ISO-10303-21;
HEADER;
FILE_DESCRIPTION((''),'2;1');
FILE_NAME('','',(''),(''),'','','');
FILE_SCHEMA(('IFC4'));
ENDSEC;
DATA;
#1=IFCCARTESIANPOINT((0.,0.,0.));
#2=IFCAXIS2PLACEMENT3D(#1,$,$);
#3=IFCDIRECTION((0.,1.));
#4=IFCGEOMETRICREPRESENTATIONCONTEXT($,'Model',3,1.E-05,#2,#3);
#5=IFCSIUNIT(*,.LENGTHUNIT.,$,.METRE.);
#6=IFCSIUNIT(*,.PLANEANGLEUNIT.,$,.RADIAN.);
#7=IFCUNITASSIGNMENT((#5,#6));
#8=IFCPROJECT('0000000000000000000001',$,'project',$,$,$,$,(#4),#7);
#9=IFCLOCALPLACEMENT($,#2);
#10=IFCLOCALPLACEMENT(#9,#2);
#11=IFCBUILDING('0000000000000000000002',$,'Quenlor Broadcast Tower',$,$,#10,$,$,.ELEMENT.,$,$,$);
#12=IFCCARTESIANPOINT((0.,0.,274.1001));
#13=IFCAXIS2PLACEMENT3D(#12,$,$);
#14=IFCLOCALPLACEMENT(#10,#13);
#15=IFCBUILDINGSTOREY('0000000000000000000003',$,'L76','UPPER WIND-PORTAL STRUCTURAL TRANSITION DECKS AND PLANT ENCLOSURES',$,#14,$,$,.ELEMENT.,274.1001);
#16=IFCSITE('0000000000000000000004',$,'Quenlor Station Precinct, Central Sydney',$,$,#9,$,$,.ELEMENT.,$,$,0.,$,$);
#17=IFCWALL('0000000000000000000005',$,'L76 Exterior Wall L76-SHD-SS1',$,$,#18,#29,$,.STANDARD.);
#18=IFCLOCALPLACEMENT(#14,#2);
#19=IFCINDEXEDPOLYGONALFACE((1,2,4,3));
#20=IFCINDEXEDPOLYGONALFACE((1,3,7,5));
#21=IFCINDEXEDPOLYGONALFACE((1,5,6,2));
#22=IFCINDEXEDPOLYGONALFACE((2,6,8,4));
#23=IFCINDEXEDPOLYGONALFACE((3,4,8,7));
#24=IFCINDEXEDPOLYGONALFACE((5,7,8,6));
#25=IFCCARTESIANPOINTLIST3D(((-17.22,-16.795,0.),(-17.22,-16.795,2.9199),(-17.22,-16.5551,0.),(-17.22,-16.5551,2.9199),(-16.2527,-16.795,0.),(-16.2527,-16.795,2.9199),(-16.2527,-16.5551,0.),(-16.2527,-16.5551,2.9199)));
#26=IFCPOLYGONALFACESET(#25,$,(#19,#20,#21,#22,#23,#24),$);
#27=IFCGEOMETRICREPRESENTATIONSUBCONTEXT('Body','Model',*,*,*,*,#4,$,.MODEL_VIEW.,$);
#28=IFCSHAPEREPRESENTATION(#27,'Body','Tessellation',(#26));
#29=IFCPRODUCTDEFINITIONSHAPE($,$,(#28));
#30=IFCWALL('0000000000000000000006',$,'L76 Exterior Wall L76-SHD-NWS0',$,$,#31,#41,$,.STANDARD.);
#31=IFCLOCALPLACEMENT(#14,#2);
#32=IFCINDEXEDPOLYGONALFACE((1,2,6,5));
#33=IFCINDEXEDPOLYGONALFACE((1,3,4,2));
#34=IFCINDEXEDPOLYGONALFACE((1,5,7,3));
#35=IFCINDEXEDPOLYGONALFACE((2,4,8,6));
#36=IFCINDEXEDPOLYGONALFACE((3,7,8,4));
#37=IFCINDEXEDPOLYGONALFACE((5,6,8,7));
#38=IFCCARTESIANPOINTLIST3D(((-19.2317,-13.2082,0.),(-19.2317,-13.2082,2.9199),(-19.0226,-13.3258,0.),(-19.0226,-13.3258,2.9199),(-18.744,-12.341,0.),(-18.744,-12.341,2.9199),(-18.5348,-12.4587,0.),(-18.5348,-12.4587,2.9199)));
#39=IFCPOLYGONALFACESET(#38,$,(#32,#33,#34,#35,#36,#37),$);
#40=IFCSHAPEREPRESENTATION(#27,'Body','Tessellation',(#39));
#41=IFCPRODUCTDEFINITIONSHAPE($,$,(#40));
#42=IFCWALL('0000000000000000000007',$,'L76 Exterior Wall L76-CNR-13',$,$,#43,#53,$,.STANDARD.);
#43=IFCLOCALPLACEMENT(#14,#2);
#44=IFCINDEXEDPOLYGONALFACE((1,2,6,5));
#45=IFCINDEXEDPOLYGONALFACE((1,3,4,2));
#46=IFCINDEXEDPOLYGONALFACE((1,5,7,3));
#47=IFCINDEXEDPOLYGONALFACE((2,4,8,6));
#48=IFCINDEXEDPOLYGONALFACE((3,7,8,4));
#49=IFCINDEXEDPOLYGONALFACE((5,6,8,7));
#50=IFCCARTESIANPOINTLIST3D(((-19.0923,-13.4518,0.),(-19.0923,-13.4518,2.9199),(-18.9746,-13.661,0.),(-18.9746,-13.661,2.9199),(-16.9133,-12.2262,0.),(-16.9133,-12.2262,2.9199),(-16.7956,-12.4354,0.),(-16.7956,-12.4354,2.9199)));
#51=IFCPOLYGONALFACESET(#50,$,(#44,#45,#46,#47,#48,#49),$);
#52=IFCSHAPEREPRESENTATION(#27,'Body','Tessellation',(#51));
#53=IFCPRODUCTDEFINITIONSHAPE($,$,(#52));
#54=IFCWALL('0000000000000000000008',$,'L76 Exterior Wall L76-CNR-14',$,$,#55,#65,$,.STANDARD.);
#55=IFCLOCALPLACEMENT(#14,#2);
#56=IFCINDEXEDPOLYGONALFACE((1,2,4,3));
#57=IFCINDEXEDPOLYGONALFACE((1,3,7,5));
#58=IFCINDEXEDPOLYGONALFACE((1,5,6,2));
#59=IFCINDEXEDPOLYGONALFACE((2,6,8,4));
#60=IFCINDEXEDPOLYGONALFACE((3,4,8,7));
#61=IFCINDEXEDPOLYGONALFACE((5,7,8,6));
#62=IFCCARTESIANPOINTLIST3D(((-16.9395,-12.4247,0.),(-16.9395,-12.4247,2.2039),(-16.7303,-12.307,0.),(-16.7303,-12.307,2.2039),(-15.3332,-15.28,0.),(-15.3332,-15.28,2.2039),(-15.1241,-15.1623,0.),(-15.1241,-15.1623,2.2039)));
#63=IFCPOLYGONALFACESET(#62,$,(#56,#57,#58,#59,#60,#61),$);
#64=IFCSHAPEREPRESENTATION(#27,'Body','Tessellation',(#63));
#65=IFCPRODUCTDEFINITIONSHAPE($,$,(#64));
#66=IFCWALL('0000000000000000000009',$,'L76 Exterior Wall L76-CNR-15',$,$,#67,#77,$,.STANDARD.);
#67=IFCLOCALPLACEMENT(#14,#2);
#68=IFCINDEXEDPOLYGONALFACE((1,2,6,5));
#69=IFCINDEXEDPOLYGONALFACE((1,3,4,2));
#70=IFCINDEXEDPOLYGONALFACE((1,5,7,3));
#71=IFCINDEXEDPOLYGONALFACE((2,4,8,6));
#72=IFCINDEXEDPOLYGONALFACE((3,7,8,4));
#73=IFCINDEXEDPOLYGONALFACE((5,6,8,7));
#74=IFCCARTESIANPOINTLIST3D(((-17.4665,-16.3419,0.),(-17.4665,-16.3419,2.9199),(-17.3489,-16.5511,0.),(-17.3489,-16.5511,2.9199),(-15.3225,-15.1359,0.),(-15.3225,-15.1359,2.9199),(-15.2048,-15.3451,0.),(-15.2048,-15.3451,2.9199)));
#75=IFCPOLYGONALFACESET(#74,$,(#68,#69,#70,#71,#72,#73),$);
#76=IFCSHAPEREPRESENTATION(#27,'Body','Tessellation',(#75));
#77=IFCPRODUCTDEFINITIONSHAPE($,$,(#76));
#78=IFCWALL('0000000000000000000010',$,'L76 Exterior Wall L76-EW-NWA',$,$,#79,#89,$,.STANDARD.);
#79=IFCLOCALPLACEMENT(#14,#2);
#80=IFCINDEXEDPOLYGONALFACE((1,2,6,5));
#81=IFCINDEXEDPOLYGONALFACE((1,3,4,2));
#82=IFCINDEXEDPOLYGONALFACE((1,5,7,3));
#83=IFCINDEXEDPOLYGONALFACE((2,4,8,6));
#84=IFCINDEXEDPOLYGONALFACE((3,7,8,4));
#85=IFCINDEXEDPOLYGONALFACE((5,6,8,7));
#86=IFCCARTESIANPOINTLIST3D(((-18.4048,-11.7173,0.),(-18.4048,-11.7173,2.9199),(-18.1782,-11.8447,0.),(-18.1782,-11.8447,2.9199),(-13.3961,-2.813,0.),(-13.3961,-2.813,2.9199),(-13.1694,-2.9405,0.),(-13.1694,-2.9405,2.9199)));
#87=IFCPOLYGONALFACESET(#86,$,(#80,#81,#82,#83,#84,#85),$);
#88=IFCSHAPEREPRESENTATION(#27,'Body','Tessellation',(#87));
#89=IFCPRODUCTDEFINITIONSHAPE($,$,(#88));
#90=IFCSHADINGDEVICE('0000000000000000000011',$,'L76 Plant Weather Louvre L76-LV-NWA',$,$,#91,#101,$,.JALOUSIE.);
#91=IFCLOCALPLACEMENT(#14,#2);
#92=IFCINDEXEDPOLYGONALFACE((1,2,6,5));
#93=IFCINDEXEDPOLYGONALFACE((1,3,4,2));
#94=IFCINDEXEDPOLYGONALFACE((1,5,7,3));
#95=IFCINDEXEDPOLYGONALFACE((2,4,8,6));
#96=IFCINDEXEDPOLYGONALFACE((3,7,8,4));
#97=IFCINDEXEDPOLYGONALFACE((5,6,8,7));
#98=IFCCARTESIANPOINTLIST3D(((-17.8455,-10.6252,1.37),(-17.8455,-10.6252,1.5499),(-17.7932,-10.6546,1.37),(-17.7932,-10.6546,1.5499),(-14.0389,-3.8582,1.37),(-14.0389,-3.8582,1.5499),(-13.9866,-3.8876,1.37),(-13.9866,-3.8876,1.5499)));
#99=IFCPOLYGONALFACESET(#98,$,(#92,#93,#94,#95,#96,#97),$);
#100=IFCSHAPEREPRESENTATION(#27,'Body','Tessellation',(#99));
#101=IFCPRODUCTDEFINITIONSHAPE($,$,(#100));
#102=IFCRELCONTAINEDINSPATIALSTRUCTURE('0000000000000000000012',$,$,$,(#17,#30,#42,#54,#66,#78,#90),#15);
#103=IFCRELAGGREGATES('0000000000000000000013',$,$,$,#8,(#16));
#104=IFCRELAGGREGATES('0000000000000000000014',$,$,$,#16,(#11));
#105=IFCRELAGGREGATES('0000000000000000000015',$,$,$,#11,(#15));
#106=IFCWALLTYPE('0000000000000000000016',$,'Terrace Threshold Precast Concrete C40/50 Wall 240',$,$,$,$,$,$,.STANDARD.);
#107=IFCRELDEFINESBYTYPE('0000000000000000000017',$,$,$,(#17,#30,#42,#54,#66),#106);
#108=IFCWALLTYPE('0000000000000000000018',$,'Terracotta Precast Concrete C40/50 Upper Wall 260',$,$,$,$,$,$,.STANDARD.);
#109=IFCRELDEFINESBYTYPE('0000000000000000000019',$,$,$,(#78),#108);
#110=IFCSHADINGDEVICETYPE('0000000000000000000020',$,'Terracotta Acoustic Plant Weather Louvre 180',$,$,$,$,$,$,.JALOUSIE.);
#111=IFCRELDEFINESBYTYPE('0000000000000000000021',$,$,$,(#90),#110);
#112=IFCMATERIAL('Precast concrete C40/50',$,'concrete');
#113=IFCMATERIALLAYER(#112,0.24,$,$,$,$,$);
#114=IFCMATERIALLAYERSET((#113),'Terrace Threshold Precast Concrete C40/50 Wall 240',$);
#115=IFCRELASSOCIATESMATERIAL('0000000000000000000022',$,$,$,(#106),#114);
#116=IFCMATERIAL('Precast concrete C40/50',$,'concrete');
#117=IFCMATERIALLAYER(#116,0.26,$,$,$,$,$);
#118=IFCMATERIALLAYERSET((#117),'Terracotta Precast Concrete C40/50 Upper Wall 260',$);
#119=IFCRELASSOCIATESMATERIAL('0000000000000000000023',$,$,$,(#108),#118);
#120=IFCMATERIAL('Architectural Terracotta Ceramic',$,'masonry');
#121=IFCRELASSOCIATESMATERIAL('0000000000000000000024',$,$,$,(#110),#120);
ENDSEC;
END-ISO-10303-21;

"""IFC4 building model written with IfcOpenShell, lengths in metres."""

from ifc_helpers import new_model, si_unit, direction, frame, frame_2d, origin, origin_2d, place, context, subcontext, project, spatial, rectangle, extrude, material, layer, layer_set, material_profile, profile_set, type_object, element, save


model = new_model("IFC4")

# Units and contexts
model_context = context("Model", 3, precision=1e-05, world=origin(), true_north=direction((0.0, 1.0)))
body_context = subcontext(model_context, "Body", "Model", "MODEL_VIEW")
ifc_project = project(units=[si_unit("LENGTHUNIT", "METRE"), si_unit("PLANEANGLEUNIT", "RADIAN")], contexts=[model_context])

# Site, building, storey
site_placement = place(None, origin())
site = spatial("IfcSite", under=ifc_project, at=site_placement, Name="Quenlor Station Precinct, Central Sydney", CompositionType="ELEMENT", RefElevation=0.0)
building_placement = place(site_placement, origin())
building = spatial("IfcBuilding", under=site, at=building_placement, Name="Quenlor Broadcast Tower", CompositionType="ELEMENT")
storey_placement = place(building_placement, frame((0.0, 0.0, 274.1001)))
storey = spatial("IfcBuildingStorey", under=building, at=storey_placement, Name="L76", Description="UPPER WIND-PORTAL STRUCTURAL TRANSITION DECKS AND PLANT ENCLOSURES", CompositionType="ELEMENT", Elevation=274.1001)

# Walls
ifc_material_1 = material(Name="Precast concrete C40/50", Category="concrete")
ifc_layer_1 = layer(ifc_material_1, 0.24)
ifc_layer_set_1 = layer_set([ifc_layer_1], Name="Terrace Threshold Precast Concrete C40/50 Wall 240")
wall_type_1 = type_object("IfcWallType", Name="Terrace Threshold Precast Concrete C40/50 Wall 240", PredefinedType="STANDARD", material=ifc_layer_set_1)
wall_1_placement = place(storey_placement, frame((-16.2527, -16.675, 0.0), z_axis=(0.0, 0.0, 1.0), x_axis=(-1.0, 0.0, 0.0)))
element("IfcWall", 1, at=wall_1_placement, inside=storey, type_object=wall_type_1, Name="L76 Exterior Wall L76-SHD-SS1", PredefinedType="STANDARD", context=body_context, shape_type="SweptSolid", body=[
    extrude(rectangle(XDim=0.9673, YDim=0.24, at=frame_2d((0.4836, 0.0))), origin(), (0.0, 0.0, 1.0), 2.9199),
])
wall_2_placement = place(storey_placement, frame((-19.1272, -13.2671, 0.0), z_axis=(0.0, 0.0, 1.0), x_axis=(0.490261, 0.871576, 0.0)))
element("IfcWall", 2, at=wall_2_placement, inside=storey, type_object=wall_type_1, Name="L76 Exterior Wall L76-SHD-NWS0", PredefinedType="STANDARD", context=body_context, shape_type="SweptSolid", body=[
    extrude(rectangle(XDim=0.9949, YDim=0.24, at=frame_2d((0.4976, 0.0))), origin(), (0.0, 0.0, 1.0), 2.9199),
])
wall_3_placement = place(storey_placement, frame((-19.0334, -13.5564, 0.0), z_axis=(0.0, 0.0, 1.0), x_axis=(0.871589, 0.490238, 0.0)))
element("IfcWall", 3, at=wall_3_placement, inside=storey, type_object=wall_type_1, Name="L76 Exterior Wall L76-CNR-13", PredefinedType="STANDARD", context=body_context, shape_type="SweptSolid", body=[
    extrude(rectangle(XDim=2.5, YDim=0.24, at=frame_2d((1.25, 0.0))), origin(), (0.0, 0.0, 1.0), 2.9199),
])
wall_4_placement = place(storey_placement, frame((-16.835, -12.3657, 0.0), z_axis=(0.0, 0.0, 1.0), x_axis=(0.490293, -0.871558, 0.0)))
element("IfcWall", 4, at=wall_4_placement, inside=storey, type_object=wall_type_1, Name="L76 Exterior Wall L76-CNR-14", PredefinedType="STANDARD", context=body_context, shape_type="SweptSolid", body=[
    extrude(rectangle(XDim=3.2761, YDim=0.24, at=frame_2d((1.6382, 0.0))), origin(), (0.0, 0.0, 1.0), 2.2039),
])
wall_5_placement = place(storey_placement, frame((-15.2637, -15.2405, 0.0), z_axis=(0.0, 0.0, 1.0), x_axis=(-0.87157, -0.490271, 0.0)))
element("IfcWall", 5, at=wall_5_placement, inside=storey, type_object=wall_type_1, Name="L76 Exterior Wall L76-CNR-15", PredefinedType="STANDARD", context=body_context, shape_type="SweptSolid", body=[
    extrude(rectangle(XDim=2.46, YDim=0.24, at=frame_2d((1.23, 0.0))), origin(), (0.0, 0.0, 1.0), 2.9199),
])
ifc_material_2 = material(Name="Precast concrete C40/50", Category="concrete")
ifc_layer_2 = layer(ifc_material_2, 0.26)
ifc_layer_set_2 = layer_set([ifc_layer_2], Name="Terracotta Precast Concrete C40/50 Upper Wall 260")
wall_type_2 = type_object("IfcWallType", Name="Terracotta Precast Concrete C40/50 Upper Wall 260", PredefinedType="STANDARD", material=ifc_layer_set_2)
wall_6_placement = place(storey_placement, frame((-18.2915, -11.781, 0.0), z_axis=(0.0, 0.0, 1.0), x_axis=(0.49027, 0.87157, 0.0)))
element("IfcWall", 6, at=wall_6_placement, inside=storey, type_object=wall_type_2, Name="L76 Exterior Wall L76-EW-NWA", PredefinedType="STANDARD", context=body_context, shape_type="SweptSolid", body=[
    extrude(rectangle(XDim=10.2163, YDim=0.26, at=frame_2d((5.1082, 0.0))), origin(), (0.0, 0.0, 1.0), 2.9199),
])

# Shading device
ifc_material_3 = material(Name="Architectural Terracotta Ceramic", Category="masonry")
ifc_material_profile_1 = material_profile(ifc_material_3, rectangle(XDim=0.0601, YDim=0.1799, at=origin_2d()))
ifc_profile_set_1 = profile_set([ifc_material_profile_1], Name="Architectural Terracotta Ceramic LVR60x180")
shading_device_type = type_object("IfcShadingDeviceType", Name="Terracotta Acoustic Plant Weather Louvre 180", PredefinedType="JALOUSIE", material=ifc_profile_set_1)
shading_device_placement = place(storey_placement, frame((-17.8193, -10.6399, 1.46), z_axis=(0.490276, 0.871567, 0.0), x_axis=(-0.871567, 0.490276, 0.0)))
element("IfcShadingDevice", 7, at=shading_device_placement, inside=storey, type_object=shading_device_type, Name="L76 Plant Weather Louvre L76-LV-NWA", PredefinedType="JALOUSIE", context=body_context, shape_type="SweptSolid", body=[
    extrude(rectangle(XDim=0.0601, YDim=0.1799, at=origin_2d()), origin(), (0.0, 0.0, 1.0), 7.7642),
])

save(model, "model.ifc")
